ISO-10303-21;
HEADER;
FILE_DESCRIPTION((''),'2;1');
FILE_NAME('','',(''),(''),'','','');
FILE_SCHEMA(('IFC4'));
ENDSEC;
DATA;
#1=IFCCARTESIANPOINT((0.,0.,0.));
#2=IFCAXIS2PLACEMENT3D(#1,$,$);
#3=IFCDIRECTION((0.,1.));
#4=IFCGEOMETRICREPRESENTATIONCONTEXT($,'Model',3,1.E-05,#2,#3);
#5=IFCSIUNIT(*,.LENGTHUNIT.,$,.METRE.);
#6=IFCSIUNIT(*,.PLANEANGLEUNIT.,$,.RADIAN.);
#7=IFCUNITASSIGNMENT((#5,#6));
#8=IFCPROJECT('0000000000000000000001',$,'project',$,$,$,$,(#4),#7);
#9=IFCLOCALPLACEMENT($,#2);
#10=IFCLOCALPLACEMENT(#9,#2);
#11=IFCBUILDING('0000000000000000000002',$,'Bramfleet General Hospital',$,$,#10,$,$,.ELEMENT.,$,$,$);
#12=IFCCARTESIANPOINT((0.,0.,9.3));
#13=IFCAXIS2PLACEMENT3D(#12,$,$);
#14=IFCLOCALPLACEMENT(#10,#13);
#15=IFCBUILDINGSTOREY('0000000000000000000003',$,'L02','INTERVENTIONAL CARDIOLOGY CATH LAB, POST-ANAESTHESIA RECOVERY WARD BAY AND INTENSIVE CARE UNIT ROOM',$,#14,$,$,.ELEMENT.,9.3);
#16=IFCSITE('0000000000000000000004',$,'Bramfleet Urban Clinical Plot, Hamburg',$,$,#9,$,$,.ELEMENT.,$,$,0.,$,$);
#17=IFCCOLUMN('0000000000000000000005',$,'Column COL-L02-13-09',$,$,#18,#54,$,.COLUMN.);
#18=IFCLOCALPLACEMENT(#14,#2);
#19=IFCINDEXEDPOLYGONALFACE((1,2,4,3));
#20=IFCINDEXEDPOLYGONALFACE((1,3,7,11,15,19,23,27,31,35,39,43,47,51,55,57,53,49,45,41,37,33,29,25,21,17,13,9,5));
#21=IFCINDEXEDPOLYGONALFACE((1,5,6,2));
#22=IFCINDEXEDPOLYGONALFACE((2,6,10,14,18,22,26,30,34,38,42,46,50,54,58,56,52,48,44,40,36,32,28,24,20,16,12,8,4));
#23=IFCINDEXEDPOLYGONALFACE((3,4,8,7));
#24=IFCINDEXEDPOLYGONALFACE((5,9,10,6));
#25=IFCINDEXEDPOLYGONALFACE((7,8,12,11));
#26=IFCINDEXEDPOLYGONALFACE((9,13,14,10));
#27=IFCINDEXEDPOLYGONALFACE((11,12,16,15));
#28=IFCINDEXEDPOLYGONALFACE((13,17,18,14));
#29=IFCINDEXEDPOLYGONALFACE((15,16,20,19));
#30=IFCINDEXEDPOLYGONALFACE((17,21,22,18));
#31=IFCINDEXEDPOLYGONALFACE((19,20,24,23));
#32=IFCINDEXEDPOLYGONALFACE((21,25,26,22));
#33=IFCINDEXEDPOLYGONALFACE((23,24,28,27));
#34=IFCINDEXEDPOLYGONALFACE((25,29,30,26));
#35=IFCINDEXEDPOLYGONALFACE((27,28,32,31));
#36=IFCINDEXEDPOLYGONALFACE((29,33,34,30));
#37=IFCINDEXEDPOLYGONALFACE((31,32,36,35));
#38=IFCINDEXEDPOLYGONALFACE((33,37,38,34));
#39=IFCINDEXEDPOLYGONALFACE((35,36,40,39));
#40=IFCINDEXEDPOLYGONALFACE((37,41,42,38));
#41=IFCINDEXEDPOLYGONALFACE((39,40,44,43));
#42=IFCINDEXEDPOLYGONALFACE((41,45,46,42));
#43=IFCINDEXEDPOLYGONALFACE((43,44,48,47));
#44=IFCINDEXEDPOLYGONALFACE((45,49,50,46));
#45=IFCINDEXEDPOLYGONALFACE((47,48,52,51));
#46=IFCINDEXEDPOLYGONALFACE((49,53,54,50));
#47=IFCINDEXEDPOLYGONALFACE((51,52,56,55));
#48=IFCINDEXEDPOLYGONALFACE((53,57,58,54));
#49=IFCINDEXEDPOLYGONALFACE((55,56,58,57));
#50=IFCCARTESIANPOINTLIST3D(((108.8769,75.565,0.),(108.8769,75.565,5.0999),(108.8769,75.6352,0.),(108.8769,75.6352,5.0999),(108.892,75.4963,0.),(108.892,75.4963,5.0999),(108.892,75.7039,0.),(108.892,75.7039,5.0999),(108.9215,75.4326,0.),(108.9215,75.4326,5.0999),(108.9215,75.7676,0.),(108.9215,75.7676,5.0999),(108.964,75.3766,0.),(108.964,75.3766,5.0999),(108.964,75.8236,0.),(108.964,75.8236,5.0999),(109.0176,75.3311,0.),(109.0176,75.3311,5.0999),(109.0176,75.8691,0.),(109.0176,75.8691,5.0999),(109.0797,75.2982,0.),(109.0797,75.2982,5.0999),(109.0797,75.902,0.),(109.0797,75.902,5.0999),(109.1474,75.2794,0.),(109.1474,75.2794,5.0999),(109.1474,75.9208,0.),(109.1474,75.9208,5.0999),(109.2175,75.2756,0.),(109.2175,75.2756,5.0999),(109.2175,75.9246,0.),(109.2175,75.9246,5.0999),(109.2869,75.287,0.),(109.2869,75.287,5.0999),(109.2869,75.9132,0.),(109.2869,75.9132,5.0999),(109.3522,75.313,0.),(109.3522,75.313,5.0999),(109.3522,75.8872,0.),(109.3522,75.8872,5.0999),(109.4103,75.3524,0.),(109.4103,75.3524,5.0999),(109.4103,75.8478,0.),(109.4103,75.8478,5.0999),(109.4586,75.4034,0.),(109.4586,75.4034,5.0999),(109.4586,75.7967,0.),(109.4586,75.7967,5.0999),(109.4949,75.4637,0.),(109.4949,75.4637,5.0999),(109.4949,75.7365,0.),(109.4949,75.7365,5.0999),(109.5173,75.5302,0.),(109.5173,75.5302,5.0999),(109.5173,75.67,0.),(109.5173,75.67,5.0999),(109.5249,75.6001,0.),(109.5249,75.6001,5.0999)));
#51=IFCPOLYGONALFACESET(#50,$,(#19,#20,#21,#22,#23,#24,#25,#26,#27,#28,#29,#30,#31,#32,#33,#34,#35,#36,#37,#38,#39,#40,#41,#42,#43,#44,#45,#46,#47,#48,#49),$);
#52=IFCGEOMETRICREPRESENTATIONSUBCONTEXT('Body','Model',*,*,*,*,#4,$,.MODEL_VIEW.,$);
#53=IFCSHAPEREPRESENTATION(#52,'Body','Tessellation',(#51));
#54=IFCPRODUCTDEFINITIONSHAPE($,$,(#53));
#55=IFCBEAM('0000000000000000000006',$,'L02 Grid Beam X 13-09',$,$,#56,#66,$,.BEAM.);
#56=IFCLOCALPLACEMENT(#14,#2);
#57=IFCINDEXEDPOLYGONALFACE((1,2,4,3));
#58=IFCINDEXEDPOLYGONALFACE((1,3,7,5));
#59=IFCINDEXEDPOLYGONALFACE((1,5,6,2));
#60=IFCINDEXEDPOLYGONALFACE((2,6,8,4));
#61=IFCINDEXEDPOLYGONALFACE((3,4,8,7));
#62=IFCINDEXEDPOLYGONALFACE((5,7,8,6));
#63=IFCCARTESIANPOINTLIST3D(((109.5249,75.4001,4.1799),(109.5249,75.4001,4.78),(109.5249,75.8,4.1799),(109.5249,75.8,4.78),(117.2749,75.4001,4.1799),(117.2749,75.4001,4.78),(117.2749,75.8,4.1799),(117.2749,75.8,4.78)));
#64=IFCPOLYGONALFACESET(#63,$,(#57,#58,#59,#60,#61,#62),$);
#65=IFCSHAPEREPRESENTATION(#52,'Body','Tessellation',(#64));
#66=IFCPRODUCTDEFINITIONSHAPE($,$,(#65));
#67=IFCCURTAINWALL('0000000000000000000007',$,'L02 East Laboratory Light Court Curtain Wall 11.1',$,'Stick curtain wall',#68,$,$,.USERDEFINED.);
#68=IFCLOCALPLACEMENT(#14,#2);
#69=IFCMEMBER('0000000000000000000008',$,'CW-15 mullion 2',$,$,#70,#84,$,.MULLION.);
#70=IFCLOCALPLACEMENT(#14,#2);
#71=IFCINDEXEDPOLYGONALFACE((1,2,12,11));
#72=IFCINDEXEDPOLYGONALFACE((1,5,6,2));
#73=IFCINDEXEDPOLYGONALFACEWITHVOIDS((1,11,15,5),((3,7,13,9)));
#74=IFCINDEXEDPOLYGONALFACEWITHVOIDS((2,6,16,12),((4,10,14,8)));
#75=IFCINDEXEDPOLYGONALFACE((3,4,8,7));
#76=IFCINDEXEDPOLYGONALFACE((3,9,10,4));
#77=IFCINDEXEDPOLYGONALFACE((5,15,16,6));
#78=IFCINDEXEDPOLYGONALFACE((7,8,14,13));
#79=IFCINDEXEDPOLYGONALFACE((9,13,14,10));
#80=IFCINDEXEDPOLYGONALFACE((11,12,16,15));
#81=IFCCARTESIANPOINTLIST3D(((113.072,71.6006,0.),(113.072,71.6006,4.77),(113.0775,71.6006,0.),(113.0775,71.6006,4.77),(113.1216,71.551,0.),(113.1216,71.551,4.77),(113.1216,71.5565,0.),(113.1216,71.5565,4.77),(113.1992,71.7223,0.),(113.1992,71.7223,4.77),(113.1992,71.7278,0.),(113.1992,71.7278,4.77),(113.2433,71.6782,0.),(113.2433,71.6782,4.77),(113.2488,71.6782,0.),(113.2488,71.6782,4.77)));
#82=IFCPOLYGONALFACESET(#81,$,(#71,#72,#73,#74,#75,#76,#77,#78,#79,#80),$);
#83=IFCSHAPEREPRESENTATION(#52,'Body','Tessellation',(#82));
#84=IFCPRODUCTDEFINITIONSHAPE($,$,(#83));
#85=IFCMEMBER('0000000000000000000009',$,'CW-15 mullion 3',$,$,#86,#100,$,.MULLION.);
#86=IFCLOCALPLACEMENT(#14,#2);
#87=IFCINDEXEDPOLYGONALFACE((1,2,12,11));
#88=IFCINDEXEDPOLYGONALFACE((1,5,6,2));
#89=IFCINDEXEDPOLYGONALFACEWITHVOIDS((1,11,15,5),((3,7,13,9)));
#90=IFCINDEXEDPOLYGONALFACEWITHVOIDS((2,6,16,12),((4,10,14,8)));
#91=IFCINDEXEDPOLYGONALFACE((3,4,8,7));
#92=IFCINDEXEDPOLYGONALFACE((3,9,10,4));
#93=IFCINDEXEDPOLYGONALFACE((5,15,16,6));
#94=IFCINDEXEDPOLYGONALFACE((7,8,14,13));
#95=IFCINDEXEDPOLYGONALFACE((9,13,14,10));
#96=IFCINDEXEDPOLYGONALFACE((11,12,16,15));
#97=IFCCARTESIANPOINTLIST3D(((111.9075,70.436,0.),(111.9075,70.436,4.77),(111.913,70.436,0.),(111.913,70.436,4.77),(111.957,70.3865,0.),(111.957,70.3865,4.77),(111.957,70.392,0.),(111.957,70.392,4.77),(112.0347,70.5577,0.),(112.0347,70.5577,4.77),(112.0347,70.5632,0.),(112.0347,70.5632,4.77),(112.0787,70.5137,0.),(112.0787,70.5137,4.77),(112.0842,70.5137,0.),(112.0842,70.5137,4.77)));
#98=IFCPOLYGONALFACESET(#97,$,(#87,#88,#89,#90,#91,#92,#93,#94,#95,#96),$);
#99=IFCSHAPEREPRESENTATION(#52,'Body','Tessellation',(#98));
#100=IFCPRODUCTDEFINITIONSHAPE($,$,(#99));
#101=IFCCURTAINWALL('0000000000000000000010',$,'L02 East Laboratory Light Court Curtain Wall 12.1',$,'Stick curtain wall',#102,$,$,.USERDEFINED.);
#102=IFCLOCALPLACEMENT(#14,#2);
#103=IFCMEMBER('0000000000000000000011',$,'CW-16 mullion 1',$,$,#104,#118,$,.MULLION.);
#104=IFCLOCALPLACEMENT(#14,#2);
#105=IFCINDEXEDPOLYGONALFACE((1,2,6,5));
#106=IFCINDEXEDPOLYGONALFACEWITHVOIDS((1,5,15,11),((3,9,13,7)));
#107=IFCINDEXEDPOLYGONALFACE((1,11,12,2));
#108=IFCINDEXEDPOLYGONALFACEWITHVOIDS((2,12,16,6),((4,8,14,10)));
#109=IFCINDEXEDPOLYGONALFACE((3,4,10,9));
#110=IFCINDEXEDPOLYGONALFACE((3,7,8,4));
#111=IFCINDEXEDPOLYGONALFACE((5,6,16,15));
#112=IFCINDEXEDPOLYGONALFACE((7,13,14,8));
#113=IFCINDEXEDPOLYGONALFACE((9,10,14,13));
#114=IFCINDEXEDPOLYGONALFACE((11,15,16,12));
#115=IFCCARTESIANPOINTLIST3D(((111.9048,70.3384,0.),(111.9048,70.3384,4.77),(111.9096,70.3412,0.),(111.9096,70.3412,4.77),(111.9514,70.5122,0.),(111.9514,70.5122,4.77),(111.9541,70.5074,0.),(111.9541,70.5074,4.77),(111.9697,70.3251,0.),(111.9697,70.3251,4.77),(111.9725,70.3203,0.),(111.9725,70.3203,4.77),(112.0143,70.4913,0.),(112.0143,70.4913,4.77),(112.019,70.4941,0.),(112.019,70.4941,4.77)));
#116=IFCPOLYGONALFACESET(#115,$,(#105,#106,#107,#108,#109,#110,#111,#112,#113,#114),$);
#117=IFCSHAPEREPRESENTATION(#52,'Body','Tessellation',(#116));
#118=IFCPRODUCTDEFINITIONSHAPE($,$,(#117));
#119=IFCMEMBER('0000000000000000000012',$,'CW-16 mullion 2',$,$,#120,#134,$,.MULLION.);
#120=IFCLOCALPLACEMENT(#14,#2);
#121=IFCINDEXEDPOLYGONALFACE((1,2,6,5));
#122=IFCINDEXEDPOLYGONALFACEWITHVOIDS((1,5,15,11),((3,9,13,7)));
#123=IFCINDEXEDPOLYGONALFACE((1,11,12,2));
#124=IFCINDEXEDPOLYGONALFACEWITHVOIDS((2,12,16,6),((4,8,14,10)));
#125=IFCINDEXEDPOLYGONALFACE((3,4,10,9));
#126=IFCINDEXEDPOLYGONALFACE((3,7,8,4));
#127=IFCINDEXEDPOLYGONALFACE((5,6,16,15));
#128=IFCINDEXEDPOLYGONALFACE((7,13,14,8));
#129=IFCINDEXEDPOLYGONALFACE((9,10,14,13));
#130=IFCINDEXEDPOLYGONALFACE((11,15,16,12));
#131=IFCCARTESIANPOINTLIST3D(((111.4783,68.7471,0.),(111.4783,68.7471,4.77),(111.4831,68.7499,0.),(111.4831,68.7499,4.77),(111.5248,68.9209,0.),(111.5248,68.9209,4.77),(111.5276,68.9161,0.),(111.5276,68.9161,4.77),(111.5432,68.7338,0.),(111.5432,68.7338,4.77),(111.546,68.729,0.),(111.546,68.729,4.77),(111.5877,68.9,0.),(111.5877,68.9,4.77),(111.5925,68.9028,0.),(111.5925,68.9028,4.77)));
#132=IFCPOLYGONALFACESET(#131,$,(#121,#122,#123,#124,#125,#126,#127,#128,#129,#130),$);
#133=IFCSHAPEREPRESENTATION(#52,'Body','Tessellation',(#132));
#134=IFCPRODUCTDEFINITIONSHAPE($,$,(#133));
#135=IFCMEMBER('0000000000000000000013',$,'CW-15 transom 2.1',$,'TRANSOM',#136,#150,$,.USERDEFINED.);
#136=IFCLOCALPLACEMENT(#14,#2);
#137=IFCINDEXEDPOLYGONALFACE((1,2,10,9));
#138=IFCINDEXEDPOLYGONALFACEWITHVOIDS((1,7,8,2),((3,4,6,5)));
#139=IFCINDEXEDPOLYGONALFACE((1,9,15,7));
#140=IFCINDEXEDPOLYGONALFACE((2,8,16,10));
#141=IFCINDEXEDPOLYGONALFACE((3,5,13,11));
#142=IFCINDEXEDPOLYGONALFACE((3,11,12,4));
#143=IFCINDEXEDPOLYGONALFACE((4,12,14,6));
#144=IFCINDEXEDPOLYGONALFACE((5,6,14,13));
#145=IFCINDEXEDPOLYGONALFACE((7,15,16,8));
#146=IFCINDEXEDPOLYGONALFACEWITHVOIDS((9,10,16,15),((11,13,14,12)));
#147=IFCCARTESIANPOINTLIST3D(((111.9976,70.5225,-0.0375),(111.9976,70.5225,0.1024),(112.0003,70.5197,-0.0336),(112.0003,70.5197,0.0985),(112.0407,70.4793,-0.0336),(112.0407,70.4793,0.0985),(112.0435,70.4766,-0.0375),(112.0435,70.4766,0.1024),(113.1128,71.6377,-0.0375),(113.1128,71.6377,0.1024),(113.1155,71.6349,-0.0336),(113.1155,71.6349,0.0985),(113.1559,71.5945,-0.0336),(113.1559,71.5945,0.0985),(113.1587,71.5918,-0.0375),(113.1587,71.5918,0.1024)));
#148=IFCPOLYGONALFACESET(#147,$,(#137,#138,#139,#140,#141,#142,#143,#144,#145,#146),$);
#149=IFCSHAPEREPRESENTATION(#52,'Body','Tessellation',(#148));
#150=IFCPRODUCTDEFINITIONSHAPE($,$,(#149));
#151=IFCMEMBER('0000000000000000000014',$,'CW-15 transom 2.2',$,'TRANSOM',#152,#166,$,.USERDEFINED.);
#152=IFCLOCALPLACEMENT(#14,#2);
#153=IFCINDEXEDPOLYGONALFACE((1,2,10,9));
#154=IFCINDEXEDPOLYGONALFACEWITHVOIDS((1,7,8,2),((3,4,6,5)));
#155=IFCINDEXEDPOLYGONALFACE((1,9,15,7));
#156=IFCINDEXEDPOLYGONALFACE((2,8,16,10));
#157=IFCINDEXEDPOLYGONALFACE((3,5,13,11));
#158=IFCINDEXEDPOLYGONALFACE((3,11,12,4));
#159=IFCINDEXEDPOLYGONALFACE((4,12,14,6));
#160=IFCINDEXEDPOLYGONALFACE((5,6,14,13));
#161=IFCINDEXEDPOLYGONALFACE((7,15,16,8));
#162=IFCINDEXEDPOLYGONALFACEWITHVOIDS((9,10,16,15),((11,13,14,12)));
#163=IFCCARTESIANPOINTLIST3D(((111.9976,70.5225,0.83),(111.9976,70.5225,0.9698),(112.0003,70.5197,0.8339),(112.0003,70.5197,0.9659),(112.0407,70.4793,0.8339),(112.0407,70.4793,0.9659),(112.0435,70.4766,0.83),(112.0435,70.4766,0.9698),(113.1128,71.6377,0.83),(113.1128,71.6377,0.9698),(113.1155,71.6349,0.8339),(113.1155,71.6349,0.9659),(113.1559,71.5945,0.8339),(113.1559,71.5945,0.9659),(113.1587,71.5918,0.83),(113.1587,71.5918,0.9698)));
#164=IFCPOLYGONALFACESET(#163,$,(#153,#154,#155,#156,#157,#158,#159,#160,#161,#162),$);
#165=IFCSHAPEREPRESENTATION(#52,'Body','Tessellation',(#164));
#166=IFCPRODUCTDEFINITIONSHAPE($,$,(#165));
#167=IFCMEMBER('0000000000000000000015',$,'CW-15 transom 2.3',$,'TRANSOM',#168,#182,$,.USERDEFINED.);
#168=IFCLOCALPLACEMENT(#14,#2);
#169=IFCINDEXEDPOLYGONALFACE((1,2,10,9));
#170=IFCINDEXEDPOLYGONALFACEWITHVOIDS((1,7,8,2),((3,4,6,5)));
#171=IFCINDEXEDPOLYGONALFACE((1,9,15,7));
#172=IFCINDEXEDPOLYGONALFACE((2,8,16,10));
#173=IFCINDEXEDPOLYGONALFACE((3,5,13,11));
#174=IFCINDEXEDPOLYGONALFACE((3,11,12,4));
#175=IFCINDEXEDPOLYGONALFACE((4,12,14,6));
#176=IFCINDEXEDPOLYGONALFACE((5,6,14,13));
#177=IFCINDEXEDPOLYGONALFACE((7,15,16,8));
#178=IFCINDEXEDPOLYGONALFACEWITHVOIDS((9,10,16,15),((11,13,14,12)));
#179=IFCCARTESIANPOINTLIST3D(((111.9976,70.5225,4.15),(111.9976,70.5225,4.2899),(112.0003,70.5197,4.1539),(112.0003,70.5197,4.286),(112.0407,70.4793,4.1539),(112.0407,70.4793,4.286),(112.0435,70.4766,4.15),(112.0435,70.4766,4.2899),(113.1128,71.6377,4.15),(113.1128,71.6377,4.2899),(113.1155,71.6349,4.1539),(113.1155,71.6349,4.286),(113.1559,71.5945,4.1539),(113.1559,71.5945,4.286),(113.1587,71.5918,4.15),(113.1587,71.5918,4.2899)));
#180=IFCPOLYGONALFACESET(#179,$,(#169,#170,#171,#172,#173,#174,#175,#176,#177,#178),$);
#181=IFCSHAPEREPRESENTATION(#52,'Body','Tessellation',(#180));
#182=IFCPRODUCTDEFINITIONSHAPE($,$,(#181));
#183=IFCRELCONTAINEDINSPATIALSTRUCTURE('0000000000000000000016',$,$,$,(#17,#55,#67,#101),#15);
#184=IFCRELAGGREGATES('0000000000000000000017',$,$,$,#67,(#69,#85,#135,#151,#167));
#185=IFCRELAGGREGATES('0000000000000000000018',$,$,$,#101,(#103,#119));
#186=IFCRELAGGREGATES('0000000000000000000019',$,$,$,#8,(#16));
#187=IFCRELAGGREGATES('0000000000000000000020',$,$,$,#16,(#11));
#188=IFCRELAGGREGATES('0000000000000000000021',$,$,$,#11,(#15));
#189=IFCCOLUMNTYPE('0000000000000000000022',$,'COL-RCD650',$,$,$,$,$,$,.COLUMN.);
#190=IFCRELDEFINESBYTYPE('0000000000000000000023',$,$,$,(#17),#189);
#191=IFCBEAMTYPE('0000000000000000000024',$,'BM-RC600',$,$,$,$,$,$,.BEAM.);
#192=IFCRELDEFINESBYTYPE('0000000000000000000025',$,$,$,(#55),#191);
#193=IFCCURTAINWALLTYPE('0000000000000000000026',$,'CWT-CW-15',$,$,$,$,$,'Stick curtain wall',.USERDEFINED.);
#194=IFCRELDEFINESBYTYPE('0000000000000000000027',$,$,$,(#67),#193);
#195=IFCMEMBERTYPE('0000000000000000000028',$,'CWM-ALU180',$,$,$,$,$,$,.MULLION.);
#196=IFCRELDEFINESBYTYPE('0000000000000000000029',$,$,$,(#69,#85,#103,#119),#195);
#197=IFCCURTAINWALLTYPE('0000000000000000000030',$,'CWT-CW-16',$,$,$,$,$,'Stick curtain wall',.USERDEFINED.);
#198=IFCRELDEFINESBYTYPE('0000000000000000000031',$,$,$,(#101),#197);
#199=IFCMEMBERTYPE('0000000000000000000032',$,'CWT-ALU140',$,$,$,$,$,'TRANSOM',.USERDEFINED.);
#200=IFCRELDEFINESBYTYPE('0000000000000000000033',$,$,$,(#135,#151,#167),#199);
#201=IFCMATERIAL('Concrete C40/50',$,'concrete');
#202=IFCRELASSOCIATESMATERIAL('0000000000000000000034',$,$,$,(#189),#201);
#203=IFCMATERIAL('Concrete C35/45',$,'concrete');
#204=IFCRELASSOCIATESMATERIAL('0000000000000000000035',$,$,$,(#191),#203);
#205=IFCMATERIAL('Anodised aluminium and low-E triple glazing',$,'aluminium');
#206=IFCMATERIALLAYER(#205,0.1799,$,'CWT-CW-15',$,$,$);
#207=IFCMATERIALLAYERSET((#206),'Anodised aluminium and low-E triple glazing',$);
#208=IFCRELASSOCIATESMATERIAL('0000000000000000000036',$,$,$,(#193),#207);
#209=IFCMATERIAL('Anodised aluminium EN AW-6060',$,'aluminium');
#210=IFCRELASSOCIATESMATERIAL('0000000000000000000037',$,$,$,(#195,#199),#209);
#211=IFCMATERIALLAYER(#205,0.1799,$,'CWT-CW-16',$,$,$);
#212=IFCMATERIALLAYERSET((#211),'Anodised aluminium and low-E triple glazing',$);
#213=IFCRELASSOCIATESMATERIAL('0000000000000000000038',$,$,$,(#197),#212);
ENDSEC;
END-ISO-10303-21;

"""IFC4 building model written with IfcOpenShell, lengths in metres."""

from ifc_helpers import new_model, si_unit, direction, frame, origin, origin_2d, place, context, subcontext, project, spatial, rectangle, hollow_rectangle, circle, extrude, material, layer, layer_set, material_profile, profile_set, type_object, element, aggregate, save


model = new_model("IFC4")

# Units and contexts
model_context = context("Model", 3, precision=1e-05, world=origin(), true_north=direction((0.0, 1.0)))
body_context = subcontext(model_context, "Body", "Model", "MODEL_VIEW")
ifc_project = project(units=[si_unit("LENGTHUNIT", "METRE"), si_unit("PLANEANGLEUNIT", "RADIAN")], contexts=[model_context])

# Site, building, storey
site_placement = place(None, origin())
site = spatial("IfcSite", under=ifc_project, at=site_placement, Name="Bramfleet Urban Clinical Plot, Hamburg", CompositionType="ELEMENT", RefElevation=0.0)
building_placement = place(site_placement, origin())
building = spatial("IfcBuilding", under=site, at=building_placement, Name="Bramfleet General Hospital", CompositionType="ELEMENT")
storey_placement = place(building_placement, frame((0.0, 0.0, 9.3)))
storey = spatial("IfcBuildingStorey", under=building, at=storey_placement, Name="L02", Description="INTERVENTIONAL CARDIOLOGY CATH LAB, POST-ANAESTHESIA RECOVERY WARD BAY AND INTENSIVE CARE UNIT ROOM", CompositionType="ELEMENT", Elevation=9.3)

# Column
ifc_material_1 = material(Name="Concrete C40/50", Category="concrete")
ifc_material_profile_1 = material_profile(ifc_material_1, circle(Radius=0.325, at=origin_2d()), Name="RC ROUND D650")
ifc_profile_set_1 = profile_set([ifc_material_profile_1], Name="Concrete C40/50")
column_type = type_object("IfcColumnType", Name="COL-RCD650", PredefinedType="COLUMN", material=ifc_profile_set_1)
column_placement = place(storey_placement, frame((109.2, 75.6001, 0.0), z_axis=(0.0, 0.0, 1.0), x_axis=(1.0, 0.0, 0.0)))
element("IfcColumn", 1, at=column_placement, inside=storey, type_object=column_type, Name="Column COL-L02-13-09", PredefinedType="COLUMN", context=body_context, shape_type="SweptSolid", body=[
    extrude(circle(Radius=0.325, at=origin_2d()), origin(), (0.0, 0.0, 1.0), 5.0999),
])

# Beam
ifc_material_2 = material(Name="Concrete C35/45", Category="concrete")
ifc_material_profile_2 = material_profile(ifc_material_2, rectangle(XDim=0.3999, YDim=0.6001, at=origin_2d()), Name="RC BM 600x400")
ifc_profile_set_2 = profile_set([ifc_material_profile_2], Name="Concrete C35/45")
beam_type = type_object("IfcBeamType", Name="BM-RC600", PredefinedType="BEAM", material=ifc_profile_set_2)
beam_placement = place(storey_placement, frame((109.5249, 75.6001, 4.48), z_axis=(1.0, 0.0, 0.0), x_axis=(0.0, 1.0, 0.0)))
element("IfcBeam", 2, at=beam_placement, inside=storey, type_object=beam_type, Name="L02 Grid Beam X 13-09", PredefinedType="BEAM", context=body_context, shape_type="SweptSolid", body=[
    extrude(rectangle(XDim=0.3999, YDim=0.6001, at=origin_2d()), origin(), (0.0, 0.0, 1.0), 7.75),
])

# Curtain walls, members
ifc_material_3 = material(Name="Anodised aluminium and low-E triple glazing", Category="aluminium")
ifc_layer_1 = layer(ifc_material_3, 0.1799, Name="CWT-CW-15")
ifc_layer_set_1 = layer_set([ifc_layer_1], Name="Anodised aluminium and low-E triple glazing")
curtain_wall_type_1 = type_object("IfcCurtainWallType", Name="CWT-CW-15", ElementType="Stick curtain wall", PredefinedType="USERDEFINED", material=ifc_layer_set_1)
curtain_wall_1_placement = place(storey_placement, origin())
curtain_wall_1 = element("IfcCurtainWall", 3, at=curtain_wall_1_placement, inside=storey, type_object=curtain_wall_type_1, Name="L02 East Laboratory Light Court Curtain Wall 11.1", ObjectType="Stick curtain wall", PredefinedType="USERDEFINED")
ifc_material_4 = material(Name="Anodised aluminium EN AW-6060", Category="aluminium")
ifc_material_profile_3 = material_profile(ifc_material_4, hollow_rectangle(XDim=0.0701, YDim=0.1799, WallThickness=0.0039, at=origin_2d()), Name="ALU 180x70x4.0")
ifc_profile_set_3 = profile_set([ifc_material_profile_3], Name="Anodised aluminium EN AW-6060")
member_type_1 = type_object("IfcMemberType", Name="CWM-ALU180", PredefinedType="MULLION", material=ifc_profile_set_3)
member_1_placement = place(storey_placement, frame((113.1604, 71.6394, 0.0), z_axis=(0.0, 0.0, 1.0), x_axis=(0.707107, -0.707107, 0.0)))
member_1 = element("IfcMember", 4, at=member_1_placement, type_object=member_type_1, Name="CW-15 mullion 2", PredefinedType="MULLION", context=body_context, shape_type="SweptSolid", body=[
    extrude(hollow_rectangle(XDim=0.0701, YDim=0.1799, WallThickness=0.0039, at=origin_2d()), origin(), (0.0, 0.0, 1.0), 4.77),
])
member_2_placement = place(storey_placement, frame((111.9958, 70.4749, 0.0), z_axis=(0.0, 0.0, 1.0), x_axis=(0.707107, -0.707107, 0.0)))
member_2 = element("IfcMember", 5, at=member_2_placement, type_object=member_type_1, Name="CW-15 mullion 3", PredefinedType="MULLION", context=body_context, shape_type="SweptSolid", body=[
    extrude(hollow_rectangle(XDim=0.0701, YDim=0.1799, WallThickness=0.0039, at=origin_2d()), origin(), (0.0, 0.0, 1.0), 4.77),
])
ifc_layer_2 = layer(ifc_material_3, 0.1799, Name="CWT-CW-16")
ifc_layer_set_2 = layer_set([ifc_layer_2], Name="Anodised aluminium and low-E triple glazing")
curtain_wall_type_2 = type_object("IfcCurtainWallType", Name="CWT-CW-16", ElementType="Stick curtain wall", PredefinedType="USERDEFINED", material=ifc_layer_set_2)
curtain_wall_2_placement = place(storey_placement, origin())
curtain_wall_2 = element("IfcCurtainWall", 6, at=curtain_wall_2_placement, inside=storey, type_object=curtain_wall_type_2, Name="L02 East Laboratory Light Court Curtain Wall 12.1", ObjectType="Stick curtain wall", PredefinedType="USERDEFINED")
member_3_placement = place(storey_placement, frame((111.9619, 70.4163, 0.0), z_axis=(0.0, 0.0, 1.0), x_axis=(0.965914, -0.258865, 0.0)))
member_3 = element("IfcMember", 7, at=member_3_placement, type_object=member_type_1, Name="CW-16 mullion 1", PredefinedType="MULLION", context=body_context, shape_type="SweptSolid", body=[
    extrude(hollow_rectangle(XDim=0.0701, YDim=0.1799, WallThickness=0.0039, at=origin_2d()), origin(), (0.0, 0.0, 1.0), 4.77),
])
member_4_placement = place(storey_placement, frame((111.5354, 68.825, 0.0), z_axis=(0.0, 0.0, 1.0), x_axis=(0.965914, -0.258865, 0.0)))
member_4 = element("IfcMember", 8, at=member_4_placement, type_object=member_type_1, Name="CW-16 mullion 2", PredefinedType="MULLION", context=body_context, shape_type="SweptSolid", body=[
    extrude(hollow_rectangle(XDim=0.0701, YDim=0.1799, WallThickness=0.0039, at=origin_2d()), origin(), (0.0, 0.0, 1.0), 4.77),
])

# Members
ifc_material_profile_4 = material_profile(ifc_material_4, hollow_rectangle(XDim=0.0649, YDim=0.1399, WallThickness=0.0039, at=origin_2d()), Name="ALU 140x65x4.0")
ifc_profile_set_4 = profile_set([ifc_material_profile_4], Name="Anodised aluminium EN AW-6060")
member_type_2 = type_object("IfcMemberType", Name="CWT-ALU140", ElementType="TRANSOM", PredefinedType="USERDEFINED", material=ifc_profile_set_4)
member_5_placement = place(storey_placement, frame((113.1357, 71.6147, 0.0325), z_axis=(-0.707107, -0.707107, 0.0), x_axis=(0.707107, -0.707107, 0.0)))
member_5 = element("IfcMember", 9, at=member_5_placement, type_object=member_type_2, Name="CW-15 transom 2.1", ObjectType="TRANSOM", PredefinedType="USERDEFINED", context=body_context, shape_type="SweptSolid", body=[
    extrude(hollow_rectangle(XDim=0.0649, YDim=0.1399, WallThickness=0.0039, at=origin_2d()), origin(), (0.0, 0.0, 1.0), 1.5771),
])
member_6_placement = place(storey_placement, frame((113.1357, 71.6147, 0.8999), z_axis=(-0.707107, -0.707107, 0.0), x_axis=(0.707107, -0.707107, 0.0)))
member_6 = element("IfcMember", 10, at=member_6_placement, type_object=member_type_2, Name="CW-15 transom 2.2", ObjectType="TRANSOM", PredefinedType="USERDEFINED", context=body_context, shape_type="SweptSolid", body=[
    extrude(hollow_rectangle(XDim=0.0649, YDim=0.1399, WallThickness=0.0039, at=origin_2d()), origin(), (0.0, 0.0, 1.0), 1.5771),
])
member_7_placement = place(storey_placement, frame((113.1357, 71.6147, 4.22), z_axis=(-0.707107, -0.707107, 0.0), x_axis=(0.707107, -0.707107, 0.0)))
member_7 = element("IfcMember", 11, at=member_7_placement, type_object=member_type_2, Name="CW-15 transom 2.3", ObjectType="TRANSOM", PredefinedType="USERDEFINED", context=body_context, shape_type="SweptSolid", body=[
    extrude(hollow_rectangle(XDim=0.0649, YDim=0.1399, WallThickness=0.0039, at=origin_2d()), origin(), (0.0, 0.0, 1.0), 1.5771),
])

aggregate(curtain_wall_1, [member_1, member_2, member_5, member_6, member_7])
aggregate(curtain_wall_2, [member_3, member_4])

save(model, "model.ifc")
